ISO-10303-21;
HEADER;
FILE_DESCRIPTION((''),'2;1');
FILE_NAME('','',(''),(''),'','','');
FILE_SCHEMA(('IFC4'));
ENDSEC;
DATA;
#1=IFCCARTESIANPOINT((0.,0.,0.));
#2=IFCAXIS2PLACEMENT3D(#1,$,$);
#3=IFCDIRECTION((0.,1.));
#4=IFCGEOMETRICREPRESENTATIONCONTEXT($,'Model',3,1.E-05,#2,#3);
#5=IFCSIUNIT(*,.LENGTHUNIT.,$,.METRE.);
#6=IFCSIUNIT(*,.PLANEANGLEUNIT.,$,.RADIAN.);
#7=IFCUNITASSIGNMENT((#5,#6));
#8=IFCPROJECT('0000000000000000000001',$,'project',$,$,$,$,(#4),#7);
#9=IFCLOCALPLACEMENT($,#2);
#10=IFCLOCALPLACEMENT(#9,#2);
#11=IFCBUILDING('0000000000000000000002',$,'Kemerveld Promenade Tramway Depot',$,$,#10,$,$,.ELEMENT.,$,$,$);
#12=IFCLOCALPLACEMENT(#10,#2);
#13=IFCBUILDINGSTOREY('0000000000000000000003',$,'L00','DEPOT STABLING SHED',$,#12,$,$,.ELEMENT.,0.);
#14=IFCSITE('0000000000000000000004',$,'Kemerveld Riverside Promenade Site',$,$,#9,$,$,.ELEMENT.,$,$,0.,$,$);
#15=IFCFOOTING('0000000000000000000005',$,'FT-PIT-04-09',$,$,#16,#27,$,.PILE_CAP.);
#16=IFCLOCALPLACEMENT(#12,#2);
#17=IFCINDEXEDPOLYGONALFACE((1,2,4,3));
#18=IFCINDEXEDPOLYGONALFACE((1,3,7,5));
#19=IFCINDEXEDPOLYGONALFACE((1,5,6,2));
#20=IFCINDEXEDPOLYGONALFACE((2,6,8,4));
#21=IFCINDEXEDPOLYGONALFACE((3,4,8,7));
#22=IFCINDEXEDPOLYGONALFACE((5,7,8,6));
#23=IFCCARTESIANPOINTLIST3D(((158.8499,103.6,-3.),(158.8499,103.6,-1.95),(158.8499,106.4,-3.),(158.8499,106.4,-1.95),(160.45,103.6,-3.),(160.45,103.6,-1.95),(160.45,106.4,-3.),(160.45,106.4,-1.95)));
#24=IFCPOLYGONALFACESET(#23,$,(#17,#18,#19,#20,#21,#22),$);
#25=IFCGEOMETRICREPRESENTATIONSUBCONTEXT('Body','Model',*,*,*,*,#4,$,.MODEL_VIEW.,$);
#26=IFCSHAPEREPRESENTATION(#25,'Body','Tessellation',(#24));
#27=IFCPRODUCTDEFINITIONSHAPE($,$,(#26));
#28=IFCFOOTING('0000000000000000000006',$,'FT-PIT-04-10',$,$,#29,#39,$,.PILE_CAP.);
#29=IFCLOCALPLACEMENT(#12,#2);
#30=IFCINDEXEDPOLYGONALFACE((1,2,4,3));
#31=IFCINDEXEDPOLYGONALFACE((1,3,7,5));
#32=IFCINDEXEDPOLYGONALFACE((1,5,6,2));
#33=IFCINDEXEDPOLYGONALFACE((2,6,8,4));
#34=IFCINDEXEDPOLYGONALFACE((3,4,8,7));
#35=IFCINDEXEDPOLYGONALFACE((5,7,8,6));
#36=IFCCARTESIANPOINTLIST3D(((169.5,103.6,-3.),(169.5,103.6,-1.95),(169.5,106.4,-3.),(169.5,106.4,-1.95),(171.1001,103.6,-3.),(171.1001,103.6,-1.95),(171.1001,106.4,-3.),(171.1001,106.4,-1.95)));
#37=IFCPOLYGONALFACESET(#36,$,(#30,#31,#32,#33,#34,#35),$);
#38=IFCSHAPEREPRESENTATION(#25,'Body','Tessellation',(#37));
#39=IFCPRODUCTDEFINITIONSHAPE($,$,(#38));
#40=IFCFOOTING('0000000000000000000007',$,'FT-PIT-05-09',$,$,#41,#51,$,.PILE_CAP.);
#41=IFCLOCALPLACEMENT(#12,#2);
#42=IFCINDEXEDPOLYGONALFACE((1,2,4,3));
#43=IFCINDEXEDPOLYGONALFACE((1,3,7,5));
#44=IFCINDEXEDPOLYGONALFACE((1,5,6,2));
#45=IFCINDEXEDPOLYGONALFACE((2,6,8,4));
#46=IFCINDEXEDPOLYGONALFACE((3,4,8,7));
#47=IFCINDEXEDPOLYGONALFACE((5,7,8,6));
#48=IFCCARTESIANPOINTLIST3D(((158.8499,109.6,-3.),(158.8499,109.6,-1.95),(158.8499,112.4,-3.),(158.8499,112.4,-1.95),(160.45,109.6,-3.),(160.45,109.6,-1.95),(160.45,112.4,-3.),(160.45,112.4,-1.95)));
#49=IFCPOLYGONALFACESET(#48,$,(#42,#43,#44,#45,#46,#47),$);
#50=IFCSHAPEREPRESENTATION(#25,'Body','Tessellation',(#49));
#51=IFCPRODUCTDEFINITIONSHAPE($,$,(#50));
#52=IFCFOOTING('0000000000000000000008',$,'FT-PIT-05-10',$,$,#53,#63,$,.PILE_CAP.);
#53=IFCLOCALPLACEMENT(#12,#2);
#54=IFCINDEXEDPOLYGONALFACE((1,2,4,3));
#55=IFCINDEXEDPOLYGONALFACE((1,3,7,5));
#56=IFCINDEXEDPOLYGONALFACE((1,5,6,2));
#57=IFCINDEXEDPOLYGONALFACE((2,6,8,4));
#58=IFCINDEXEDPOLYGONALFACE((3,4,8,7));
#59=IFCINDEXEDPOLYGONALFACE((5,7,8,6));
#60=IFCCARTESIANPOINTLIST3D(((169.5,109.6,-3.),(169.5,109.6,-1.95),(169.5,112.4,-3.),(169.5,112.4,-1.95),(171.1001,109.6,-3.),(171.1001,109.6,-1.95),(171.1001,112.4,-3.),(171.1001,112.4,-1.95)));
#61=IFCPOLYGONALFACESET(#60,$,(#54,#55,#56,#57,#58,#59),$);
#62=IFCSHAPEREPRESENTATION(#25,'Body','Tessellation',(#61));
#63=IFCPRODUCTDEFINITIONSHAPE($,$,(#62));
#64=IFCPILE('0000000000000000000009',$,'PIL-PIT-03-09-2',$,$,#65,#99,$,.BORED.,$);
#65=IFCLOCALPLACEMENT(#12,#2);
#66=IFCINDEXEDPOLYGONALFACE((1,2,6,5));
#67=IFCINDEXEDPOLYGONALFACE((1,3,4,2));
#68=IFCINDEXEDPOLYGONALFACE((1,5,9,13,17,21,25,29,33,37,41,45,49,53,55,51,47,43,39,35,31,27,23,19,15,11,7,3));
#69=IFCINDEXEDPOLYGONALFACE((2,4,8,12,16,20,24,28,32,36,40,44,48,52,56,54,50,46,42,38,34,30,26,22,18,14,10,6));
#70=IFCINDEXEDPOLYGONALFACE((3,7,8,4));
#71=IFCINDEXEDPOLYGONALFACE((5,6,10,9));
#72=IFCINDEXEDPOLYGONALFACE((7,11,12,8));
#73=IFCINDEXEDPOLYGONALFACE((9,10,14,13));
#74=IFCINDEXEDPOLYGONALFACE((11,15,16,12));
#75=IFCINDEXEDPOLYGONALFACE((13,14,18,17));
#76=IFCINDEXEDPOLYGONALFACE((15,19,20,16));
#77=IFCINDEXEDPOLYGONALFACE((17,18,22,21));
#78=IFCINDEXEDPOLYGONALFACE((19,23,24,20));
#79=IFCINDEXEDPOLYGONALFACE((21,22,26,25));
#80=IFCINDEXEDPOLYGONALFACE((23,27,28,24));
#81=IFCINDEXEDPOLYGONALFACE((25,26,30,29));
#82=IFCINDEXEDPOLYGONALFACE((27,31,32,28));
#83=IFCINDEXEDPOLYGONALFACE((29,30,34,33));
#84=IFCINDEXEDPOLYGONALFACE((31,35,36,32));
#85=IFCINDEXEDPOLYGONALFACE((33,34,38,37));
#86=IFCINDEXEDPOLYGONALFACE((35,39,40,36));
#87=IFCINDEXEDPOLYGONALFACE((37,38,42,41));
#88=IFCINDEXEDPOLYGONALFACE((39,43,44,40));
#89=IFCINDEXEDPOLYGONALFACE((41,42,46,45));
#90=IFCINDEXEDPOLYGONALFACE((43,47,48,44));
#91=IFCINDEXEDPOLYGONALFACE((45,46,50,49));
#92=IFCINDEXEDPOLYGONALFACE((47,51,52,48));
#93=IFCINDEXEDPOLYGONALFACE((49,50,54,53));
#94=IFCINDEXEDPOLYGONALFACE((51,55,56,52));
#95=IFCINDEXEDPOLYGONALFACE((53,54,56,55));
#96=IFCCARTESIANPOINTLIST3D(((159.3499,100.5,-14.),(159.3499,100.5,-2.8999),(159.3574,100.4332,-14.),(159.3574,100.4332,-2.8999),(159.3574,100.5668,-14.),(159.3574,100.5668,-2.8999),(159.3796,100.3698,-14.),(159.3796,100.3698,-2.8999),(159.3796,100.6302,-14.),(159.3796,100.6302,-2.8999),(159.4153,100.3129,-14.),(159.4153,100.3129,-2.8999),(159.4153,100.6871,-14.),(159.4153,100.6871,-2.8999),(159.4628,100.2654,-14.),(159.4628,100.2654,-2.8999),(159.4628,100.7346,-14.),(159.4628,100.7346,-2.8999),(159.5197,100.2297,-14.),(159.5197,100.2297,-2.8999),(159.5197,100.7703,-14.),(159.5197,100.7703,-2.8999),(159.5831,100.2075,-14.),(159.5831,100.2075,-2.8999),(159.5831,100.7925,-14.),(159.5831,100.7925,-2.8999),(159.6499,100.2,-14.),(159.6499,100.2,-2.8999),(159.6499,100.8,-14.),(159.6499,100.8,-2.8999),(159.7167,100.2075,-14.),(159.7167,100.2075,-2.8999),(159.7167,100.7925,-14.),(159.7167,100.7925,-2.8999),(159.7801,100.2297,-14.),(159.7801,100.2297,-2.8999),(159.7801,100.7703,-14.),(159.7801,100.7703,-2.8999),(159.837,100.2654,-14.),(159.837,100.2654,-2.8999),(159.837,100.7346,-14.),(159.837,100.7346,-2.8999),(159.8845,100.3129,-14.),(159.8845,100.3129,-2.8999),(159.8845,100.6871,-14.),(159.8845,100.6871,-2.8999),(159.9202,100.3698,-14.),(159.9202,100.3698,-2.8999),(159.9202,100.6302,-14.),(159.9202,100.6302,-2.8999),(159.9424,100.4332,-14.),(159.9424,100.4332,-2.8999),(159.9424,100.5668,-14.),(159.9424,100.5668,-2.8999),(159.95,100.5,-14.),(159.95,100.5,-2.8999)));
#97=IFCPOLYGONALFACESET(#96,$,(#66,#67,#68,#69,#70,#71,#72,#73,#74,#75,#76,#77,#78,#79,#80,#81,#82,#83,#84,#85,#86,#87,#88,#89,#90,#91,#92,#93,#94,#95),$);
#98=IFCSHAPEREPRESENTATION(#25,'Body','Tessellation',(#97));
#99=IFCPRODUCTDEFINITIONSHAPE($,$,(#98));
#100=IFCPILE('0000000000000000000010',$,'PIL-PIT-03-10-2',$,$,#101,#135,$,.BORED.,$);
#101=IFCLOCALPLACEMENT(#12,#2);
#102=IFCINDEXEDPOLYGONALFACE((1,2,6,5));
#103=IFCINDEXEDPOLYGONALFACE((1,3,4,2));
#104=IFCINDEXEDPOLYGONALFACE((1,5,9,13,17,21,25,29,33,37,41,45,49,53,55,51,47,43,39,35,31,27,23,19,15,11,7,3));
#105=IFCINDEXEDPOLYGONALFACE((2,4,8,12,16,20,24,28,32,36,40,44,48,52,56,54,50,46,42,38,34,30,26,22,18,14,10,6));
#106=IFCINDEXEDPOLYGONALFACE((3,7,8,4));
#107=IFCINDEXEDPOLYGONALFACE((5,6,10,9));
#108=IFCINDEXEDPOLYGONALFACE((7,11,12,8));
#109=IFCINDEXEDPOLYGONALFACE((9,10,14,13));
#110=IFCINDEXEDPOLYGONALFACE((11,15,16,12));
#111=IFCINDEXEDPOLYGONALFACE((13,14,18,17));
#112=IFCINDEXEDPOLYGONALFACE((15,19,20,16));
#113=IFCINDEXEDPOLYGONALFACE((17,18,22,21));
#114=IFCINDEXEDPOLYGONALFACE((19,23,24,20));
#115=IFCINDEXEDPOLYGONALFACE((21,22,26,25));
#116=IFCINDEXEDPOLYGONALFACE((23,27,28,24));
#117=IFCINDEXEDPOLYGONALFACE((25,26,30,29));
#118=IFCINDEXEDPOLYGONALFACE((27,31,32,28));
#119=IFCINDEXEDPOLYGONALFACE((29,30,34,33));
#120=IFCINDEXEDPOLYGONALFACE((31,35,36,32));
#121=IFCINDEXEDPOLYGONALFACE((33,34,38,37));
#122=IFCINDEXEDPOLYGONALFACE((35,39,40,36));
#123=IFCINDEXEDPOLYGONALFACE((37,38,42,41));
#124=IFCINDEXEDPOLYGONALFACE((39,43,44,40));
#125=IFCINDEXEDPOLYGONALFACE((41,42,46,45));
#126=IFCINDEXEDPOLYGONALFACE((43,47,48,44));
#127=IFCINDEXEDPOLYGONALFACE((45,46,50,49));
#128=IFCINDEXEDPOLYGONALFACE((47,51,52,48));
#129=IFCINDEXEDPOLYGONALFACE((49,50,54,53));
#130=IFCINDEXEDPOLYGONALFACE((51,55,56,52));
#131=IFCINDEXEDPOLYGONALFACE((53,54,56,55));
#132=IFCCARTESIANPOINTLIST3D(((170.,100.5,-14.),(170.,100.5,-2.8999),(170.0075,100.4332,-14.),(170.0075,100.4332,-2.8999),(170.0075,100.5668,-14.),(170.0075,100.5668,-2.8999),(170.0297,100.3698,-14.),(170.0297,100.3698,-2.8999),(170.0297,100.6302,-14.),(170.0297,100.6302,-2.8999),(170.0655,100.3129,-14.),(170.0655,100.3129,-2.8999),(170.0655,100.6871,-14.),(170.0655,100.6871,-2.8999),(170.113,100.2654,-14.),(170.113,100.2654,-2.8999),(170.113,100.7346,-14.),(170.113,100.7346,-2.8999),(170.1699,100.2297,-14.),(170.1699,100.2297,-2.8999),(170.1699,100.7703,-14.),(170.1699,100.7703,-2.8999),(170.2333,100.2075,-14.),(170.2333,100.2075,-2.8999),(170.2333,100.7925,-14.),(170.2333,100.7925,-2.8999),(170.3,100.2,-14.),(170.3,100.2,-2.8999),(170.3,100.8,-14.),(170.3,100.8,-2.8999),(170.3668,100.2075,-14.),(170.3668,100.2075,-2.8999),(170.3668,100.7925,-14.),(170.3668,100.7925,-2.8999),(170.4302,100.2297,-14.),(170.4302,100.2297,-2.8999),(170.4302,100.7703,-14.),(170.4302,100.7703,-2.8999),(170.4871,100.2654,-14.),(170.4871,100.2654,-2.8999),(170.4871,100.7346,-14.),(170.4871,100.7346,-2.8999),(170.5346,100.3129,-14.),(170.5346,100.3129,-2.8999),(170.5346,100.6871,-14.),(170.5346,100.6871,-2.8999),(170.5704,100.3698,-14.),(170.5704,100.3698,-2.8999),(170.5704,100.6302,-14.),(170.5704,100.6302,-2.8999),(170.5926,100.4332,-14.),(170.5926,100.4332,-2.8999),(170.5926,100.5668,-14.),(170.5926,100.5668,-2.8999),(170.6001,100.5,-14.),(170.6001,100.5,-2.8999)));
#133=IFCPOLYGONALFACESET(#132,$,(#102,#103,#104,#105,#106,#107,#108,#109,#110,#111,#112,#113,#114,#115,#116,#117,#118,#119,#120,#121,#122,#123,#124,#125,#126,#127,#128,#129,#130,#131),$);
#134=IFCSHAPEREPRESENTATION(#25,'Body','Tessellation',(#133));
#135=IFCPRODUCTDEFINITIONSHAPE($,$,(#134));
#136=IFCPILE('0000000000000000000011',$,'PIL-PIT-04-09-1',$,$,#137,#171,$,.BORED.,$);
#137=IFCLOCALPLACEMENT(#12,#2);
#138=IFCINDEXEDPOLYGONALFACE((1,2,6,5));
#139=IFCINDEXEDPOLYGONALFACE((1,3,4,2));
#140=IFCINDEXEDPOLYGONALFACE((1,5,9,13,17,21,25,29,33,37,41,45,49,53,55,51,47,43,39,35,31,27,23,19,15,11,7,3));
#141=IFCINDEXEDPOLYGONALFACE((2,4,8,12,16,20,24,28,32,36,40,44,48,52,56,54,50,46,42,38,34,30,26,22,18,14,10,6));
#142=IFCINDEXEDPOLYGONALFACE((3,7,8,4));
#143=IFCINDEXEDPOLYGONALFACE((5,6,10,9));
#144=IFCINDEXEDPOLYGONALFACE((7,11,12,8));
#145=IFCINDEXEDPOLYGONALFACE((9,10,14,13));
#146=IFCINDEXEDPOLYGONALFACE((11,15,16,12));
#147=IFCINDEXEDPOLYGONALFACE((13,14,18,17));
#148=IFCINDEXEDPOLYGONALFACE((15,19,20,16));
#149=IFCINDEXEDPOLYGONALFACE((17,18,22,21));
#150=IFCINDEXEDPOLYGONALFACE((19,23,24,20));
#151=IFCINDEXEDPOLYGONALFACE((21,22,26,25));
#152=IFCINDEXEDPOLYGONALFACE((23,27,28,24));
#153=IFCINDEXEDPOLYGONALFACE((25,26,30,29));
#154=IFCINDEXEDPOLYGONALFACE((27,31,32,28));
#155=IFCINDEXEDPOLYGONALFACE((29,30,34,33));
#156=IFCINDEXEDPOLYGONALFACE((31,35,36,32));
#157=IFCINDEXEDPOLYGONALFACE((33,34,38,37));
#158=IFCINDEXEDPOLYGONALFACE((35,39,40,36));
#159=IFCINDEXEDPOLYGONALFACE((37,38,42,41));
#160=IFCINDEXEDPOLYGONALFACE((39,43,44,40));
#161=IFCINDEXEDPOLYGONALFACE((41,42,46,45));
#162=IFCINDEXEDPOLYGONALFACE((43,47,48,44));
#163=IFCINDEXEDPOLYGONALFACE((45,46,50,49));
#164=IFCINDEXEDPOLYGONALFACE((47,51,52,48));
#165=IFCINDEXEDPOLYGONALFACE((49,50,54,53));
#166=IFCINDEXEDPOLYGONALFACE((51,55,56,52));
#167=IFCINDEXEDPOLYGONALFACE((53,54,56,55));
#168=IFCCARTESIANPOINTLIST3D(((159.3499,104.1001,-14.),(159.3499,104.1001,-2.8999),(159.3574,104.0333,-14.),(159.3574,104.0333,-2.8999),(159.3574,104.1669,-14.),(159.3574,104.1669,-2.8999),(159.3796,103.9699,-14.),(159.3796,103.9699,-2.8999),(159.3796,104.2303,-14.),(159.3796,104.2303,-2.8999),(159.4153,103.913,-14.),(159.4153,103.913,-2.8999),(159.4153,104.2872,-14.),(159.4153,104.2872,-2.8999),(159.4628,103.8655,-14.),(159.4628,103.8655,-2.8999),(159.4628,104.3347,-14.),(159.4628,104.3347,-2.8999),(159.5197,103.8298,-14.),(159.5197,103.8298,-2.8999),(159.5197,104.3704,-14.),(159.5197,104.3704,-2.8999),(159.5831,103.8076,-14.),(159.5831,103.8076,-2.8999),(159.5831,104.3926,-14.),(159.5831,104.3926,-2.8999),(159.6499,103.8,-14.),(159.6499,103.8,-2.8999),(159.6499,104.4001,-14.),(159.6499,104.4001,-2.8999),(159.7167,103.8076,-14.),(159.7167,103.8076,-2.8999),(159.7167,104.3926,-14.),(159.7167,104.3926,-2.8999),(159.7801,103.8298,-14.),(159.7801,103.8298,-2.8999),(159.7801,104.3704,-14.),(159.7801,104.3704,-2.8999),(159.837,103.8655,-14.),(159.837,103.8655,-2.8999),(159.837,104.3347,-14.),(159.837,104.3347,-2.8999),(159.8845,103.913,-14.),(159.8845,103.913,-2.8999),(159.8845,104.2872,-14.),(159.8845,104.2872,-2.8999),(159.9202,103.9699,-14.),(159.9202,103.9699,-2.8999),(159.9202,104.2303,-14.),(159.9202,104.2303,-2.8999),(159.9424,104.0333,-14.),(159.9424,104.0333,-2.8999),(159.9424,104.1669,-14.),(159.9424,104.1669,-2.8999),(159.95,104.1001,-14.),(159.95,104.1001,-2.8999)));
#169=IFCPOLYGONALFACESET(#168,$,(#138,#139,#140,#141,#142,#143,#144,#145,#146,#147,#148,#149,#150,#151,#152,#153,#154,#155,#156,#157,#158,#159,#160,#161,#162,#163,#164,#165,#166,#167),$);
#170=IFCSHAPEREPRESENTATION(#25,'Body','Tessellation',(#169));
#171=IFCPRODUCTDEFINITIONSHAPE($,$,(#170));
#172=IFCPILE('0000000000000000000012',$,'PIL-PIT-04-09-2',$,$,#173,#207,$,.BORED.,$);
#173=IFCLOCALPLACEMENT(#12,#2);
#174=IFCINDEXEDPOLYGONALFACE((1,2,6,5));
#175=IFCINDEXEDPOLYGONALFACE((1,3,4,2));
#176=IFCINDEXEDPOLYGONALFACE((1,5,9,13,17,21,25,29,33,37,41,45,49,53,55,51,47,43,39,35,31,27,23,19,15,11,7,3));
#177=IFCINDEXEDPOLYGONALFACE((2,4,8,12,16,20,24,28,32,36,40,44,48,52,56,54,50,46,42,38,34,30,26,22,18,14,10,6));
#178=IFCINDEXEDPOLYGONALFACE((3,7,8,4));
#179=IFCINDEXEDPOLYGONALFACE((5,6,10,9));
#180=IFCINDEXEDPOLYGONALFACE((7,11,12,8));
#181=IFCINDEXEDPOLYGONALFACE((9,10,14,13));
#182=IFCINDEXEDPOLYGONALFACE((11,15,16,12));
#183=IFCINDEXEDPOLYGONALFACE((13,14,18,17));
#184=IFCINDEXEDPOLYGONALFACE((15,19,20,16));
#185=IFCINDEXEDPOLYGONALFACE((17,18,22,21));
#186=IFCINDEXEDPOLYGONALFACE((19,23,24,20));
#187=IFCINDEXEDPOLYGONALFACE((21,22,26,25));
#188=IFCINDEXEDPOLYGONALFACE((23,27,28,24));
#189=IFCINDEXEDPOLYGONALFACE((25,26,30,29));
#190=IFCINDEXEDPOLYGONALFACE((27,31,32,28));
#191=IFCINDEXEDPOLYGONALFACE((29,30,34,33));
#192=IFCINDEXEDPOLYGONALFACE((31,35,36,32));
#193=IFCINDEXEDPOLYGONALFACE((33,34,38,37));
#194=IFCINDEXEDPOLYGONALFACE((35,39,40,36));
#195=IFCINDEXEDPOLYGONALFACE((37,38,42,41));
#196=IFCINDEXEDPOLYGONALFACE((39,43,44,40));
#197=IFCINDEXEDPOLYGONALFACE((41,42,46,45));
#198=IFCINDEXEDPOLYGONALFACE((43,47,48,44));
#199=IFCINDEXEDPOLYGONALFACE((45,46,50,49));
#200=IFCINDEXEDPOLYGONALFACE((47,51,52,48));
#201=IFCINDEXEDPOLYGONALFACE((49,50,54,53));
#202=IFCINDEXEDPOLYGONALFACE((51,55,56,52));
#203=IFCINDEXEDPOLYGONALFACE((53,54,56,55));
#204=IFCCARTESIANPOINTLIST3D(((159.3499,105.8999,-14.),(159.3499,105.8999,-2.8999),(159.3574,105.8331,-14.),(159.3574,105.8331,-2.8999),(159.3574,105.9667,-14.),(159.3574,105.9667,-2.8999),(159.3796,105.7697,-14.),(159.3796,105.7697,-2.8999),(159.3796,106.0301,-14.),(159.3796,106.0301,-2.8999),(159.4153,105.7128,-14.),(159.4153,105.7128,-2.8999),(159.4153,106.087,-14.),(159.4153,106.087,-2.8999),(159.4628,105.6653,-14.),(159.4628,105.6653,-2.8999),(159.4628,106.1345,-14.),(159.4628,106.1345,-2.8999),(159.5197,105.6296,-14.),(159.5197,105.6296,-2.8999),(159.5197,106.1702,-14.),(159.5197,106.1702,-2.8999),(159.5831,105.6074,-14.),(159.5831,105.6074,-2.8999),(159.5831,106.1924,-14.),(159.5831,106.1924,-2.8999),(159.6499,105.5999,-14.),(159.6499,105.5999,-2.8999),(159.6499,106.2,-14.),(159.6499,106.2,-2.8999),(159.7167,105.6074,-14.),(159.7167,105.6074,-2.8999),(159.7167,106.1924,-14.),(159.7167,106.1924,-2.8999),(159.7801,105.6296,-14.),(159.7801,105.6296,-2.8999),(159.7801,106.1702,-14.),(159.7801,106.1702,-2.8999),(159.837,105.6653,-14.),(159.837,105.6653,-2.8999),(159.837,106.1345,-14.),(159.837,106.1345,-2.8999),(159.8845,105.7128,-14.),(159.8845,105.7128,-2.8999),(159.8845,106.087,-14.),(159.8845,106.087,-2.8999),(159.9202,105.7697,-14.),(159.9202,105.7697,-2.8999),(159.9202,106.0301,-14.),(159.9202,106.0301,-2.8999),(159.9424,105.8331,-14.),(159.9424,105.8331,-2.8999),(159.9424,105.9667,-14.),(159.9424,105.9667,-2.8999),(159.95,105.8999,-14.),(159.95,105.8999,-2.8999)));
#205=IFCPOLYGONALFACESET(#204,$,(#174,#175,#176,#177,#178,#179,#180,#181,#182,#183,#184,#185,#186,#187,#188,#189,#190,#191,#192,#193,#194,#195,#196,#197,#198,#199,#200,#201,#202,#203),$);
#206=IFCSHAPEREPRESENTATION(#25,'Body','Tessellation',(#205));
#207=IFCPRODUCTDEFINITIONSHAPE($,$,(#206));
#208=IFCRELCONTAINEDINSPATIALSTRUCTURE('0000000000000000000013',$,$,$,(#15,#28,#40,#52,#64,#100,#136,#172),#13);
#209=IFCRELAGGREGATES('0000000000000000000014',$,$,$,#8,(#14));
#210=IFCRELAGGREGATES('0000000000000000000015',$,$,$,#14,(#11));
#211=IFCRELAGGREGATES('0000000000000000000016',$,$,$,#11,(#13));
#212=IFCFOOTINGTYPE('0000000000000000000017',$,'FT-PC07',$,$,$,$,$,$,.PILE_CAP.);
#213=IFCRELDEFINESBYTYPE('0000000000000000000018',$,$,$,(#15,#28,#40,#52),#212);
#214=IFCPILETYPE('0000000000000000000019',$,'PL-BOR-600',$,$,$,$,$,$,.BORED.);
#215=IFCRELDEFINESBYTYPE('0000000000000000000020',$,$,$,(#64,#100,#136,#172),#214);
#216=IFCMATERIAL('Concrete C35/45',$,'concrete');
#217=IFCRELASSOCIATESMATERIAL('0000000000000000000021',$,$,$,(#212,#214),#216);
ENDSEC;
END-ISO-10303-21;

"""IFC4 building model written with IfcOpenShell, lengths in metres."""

from ifc_helpers import new_model, si_unit, direction, frame, origin, origin_2d, place, context, subcontext, project, spatial, rectangle, circle, extrude, material, material_profile, profile_set, type_object, element, save


model = new_model("IFC4")

# Units and contexts
model_context = context("Model", 3, precision=1e-05, world=origin(), true_north=direction((0.0, 1.0)))
body_context = subcontext(model_context, "Body", "Model", "MODEL_VIEW")
ifc_project = project(units=[si_unit("LENGTHUNIT", "METRE"), si_unit("PLANEANGLEUNIT", "RADIAN")], contexts=[model_context])

# Site, building, storey
site_placement = place(None, origin())
site = spatial("IfcSite", under=ifc_project, at=site_placement, Name="Kemerveld Riverside Promenade Site", CompositionType="ELEMENT", RefElevation=0.0)
building_placement = place(site_placement, origin())
building = spatial("IfcBuilding", under=site, at=building_placement, Name="Kemerveld Promenade Tramway Depot", CompositionType="ELEMENT")
storey_placement = place(building_placement, origin())
storey = spatial("IfcBuildingStorey", under=building, at=storey_placement, Name="L00", Description="DEPOT STABLING SHED", CompositionType="ELEMENT", Elevation=0.0)

# Footings
ifc_material_1 = material(Name="Concrete C35/45", Category="concrete")
footing_type = type_object("IfcFootingType", Name="FT-PC07", PredefinedType="PILE_CAP", material=ifc_material_1)
for number, where, z_axis, x_axis, name in (
    (1, (159.6499, 105.0, -3.0), (0.0, 0.0, 1.0), (1.0, 0.0, 0.0), "FT-PIT-04-09"),
    (2, (170.3, 105.0, -3.0), (0.0, 0.0, 1.0), (1.0, 0.0, 0.0), "FT-PIT-04-10"),
    (3, (159.6499, 111.0, -3.0), (0.0, 0.0, 1.0), (1.0, 0.0, 0.0), "FT-PIT-05-09"),
    (4, (170.3, 111.0, -3.0), (0.0, 0.0, 1.0), (1.0, 0.0, 0.0), "FT-PIT-05-10"),
):
    element("IfcFooting", number, at=place(storey_placement, frame(where, z_axis=z_axis, x_axis=x_axis)), inside=storey, type_object=footing_type, Name=name, PredefinedType="PILE_CAP", context=body_context, shape_type="SweptSolid", body=[
        extrude(rectangle(XDim=1.6001, YDim=2.8, at=origin_2d()), origin(), (0.0, 0.0, 1.0), 1.05),
    ])

# Piles
ifc_material_profile_1 = material_profile(ifc_material_1, circle(Radius=0.3, at=origin_2d()), Name="PILE-D600")
ifc_profile_set_1 = profile_set([ifc_material_profile_1], Name="Concrete C35/45")
pile_type = type_object("IfcPileType", Name="PL-BOR-600", PredefinedType="BORED", material=ifc_profile_set_1)
for number, where, z_axis, x_axis, name in (
    (5, (159.6499, 100.5, -2.8999), (0.0, 0.0, -1.0), (1.0, 0.0, 0.0), "PIL-PIT-03-09-2"),
    (6, (170.3, 100.5, -2.8999), (0.0, 0.0, -1.0), (1.0, 0.0, 0.0), "PIL-PIT-03-10-2"),
    (7, (159.6499, 104.1001, -2.8999), (0.0, 0.0, -1.0), (1.0, 0.0, 0.0), "PIL-PIT-04-09-1"),
    (8, (159.6499, 105.8999, -2.8999), (0.0, 0.0, -1.0), (1.0, 0.0, 0.0), "PIL-PIT-04-09-2"),
):
    element("IfcPile", number, at=place(storey_placement, frame(where, z_axis=z_axis, x_axis=x_axis)), inside=storey, type_object=pile_type, Name=name, PredefinedType="BORED", context=body_context, shape_type="SweptSolid", body=[
        extrude(circle(Radius=0.3, at=origin_2d()), origin(), (0.0, 0.0, 1.0), 11.1001),
    ])

save(model, "model.ifc")
